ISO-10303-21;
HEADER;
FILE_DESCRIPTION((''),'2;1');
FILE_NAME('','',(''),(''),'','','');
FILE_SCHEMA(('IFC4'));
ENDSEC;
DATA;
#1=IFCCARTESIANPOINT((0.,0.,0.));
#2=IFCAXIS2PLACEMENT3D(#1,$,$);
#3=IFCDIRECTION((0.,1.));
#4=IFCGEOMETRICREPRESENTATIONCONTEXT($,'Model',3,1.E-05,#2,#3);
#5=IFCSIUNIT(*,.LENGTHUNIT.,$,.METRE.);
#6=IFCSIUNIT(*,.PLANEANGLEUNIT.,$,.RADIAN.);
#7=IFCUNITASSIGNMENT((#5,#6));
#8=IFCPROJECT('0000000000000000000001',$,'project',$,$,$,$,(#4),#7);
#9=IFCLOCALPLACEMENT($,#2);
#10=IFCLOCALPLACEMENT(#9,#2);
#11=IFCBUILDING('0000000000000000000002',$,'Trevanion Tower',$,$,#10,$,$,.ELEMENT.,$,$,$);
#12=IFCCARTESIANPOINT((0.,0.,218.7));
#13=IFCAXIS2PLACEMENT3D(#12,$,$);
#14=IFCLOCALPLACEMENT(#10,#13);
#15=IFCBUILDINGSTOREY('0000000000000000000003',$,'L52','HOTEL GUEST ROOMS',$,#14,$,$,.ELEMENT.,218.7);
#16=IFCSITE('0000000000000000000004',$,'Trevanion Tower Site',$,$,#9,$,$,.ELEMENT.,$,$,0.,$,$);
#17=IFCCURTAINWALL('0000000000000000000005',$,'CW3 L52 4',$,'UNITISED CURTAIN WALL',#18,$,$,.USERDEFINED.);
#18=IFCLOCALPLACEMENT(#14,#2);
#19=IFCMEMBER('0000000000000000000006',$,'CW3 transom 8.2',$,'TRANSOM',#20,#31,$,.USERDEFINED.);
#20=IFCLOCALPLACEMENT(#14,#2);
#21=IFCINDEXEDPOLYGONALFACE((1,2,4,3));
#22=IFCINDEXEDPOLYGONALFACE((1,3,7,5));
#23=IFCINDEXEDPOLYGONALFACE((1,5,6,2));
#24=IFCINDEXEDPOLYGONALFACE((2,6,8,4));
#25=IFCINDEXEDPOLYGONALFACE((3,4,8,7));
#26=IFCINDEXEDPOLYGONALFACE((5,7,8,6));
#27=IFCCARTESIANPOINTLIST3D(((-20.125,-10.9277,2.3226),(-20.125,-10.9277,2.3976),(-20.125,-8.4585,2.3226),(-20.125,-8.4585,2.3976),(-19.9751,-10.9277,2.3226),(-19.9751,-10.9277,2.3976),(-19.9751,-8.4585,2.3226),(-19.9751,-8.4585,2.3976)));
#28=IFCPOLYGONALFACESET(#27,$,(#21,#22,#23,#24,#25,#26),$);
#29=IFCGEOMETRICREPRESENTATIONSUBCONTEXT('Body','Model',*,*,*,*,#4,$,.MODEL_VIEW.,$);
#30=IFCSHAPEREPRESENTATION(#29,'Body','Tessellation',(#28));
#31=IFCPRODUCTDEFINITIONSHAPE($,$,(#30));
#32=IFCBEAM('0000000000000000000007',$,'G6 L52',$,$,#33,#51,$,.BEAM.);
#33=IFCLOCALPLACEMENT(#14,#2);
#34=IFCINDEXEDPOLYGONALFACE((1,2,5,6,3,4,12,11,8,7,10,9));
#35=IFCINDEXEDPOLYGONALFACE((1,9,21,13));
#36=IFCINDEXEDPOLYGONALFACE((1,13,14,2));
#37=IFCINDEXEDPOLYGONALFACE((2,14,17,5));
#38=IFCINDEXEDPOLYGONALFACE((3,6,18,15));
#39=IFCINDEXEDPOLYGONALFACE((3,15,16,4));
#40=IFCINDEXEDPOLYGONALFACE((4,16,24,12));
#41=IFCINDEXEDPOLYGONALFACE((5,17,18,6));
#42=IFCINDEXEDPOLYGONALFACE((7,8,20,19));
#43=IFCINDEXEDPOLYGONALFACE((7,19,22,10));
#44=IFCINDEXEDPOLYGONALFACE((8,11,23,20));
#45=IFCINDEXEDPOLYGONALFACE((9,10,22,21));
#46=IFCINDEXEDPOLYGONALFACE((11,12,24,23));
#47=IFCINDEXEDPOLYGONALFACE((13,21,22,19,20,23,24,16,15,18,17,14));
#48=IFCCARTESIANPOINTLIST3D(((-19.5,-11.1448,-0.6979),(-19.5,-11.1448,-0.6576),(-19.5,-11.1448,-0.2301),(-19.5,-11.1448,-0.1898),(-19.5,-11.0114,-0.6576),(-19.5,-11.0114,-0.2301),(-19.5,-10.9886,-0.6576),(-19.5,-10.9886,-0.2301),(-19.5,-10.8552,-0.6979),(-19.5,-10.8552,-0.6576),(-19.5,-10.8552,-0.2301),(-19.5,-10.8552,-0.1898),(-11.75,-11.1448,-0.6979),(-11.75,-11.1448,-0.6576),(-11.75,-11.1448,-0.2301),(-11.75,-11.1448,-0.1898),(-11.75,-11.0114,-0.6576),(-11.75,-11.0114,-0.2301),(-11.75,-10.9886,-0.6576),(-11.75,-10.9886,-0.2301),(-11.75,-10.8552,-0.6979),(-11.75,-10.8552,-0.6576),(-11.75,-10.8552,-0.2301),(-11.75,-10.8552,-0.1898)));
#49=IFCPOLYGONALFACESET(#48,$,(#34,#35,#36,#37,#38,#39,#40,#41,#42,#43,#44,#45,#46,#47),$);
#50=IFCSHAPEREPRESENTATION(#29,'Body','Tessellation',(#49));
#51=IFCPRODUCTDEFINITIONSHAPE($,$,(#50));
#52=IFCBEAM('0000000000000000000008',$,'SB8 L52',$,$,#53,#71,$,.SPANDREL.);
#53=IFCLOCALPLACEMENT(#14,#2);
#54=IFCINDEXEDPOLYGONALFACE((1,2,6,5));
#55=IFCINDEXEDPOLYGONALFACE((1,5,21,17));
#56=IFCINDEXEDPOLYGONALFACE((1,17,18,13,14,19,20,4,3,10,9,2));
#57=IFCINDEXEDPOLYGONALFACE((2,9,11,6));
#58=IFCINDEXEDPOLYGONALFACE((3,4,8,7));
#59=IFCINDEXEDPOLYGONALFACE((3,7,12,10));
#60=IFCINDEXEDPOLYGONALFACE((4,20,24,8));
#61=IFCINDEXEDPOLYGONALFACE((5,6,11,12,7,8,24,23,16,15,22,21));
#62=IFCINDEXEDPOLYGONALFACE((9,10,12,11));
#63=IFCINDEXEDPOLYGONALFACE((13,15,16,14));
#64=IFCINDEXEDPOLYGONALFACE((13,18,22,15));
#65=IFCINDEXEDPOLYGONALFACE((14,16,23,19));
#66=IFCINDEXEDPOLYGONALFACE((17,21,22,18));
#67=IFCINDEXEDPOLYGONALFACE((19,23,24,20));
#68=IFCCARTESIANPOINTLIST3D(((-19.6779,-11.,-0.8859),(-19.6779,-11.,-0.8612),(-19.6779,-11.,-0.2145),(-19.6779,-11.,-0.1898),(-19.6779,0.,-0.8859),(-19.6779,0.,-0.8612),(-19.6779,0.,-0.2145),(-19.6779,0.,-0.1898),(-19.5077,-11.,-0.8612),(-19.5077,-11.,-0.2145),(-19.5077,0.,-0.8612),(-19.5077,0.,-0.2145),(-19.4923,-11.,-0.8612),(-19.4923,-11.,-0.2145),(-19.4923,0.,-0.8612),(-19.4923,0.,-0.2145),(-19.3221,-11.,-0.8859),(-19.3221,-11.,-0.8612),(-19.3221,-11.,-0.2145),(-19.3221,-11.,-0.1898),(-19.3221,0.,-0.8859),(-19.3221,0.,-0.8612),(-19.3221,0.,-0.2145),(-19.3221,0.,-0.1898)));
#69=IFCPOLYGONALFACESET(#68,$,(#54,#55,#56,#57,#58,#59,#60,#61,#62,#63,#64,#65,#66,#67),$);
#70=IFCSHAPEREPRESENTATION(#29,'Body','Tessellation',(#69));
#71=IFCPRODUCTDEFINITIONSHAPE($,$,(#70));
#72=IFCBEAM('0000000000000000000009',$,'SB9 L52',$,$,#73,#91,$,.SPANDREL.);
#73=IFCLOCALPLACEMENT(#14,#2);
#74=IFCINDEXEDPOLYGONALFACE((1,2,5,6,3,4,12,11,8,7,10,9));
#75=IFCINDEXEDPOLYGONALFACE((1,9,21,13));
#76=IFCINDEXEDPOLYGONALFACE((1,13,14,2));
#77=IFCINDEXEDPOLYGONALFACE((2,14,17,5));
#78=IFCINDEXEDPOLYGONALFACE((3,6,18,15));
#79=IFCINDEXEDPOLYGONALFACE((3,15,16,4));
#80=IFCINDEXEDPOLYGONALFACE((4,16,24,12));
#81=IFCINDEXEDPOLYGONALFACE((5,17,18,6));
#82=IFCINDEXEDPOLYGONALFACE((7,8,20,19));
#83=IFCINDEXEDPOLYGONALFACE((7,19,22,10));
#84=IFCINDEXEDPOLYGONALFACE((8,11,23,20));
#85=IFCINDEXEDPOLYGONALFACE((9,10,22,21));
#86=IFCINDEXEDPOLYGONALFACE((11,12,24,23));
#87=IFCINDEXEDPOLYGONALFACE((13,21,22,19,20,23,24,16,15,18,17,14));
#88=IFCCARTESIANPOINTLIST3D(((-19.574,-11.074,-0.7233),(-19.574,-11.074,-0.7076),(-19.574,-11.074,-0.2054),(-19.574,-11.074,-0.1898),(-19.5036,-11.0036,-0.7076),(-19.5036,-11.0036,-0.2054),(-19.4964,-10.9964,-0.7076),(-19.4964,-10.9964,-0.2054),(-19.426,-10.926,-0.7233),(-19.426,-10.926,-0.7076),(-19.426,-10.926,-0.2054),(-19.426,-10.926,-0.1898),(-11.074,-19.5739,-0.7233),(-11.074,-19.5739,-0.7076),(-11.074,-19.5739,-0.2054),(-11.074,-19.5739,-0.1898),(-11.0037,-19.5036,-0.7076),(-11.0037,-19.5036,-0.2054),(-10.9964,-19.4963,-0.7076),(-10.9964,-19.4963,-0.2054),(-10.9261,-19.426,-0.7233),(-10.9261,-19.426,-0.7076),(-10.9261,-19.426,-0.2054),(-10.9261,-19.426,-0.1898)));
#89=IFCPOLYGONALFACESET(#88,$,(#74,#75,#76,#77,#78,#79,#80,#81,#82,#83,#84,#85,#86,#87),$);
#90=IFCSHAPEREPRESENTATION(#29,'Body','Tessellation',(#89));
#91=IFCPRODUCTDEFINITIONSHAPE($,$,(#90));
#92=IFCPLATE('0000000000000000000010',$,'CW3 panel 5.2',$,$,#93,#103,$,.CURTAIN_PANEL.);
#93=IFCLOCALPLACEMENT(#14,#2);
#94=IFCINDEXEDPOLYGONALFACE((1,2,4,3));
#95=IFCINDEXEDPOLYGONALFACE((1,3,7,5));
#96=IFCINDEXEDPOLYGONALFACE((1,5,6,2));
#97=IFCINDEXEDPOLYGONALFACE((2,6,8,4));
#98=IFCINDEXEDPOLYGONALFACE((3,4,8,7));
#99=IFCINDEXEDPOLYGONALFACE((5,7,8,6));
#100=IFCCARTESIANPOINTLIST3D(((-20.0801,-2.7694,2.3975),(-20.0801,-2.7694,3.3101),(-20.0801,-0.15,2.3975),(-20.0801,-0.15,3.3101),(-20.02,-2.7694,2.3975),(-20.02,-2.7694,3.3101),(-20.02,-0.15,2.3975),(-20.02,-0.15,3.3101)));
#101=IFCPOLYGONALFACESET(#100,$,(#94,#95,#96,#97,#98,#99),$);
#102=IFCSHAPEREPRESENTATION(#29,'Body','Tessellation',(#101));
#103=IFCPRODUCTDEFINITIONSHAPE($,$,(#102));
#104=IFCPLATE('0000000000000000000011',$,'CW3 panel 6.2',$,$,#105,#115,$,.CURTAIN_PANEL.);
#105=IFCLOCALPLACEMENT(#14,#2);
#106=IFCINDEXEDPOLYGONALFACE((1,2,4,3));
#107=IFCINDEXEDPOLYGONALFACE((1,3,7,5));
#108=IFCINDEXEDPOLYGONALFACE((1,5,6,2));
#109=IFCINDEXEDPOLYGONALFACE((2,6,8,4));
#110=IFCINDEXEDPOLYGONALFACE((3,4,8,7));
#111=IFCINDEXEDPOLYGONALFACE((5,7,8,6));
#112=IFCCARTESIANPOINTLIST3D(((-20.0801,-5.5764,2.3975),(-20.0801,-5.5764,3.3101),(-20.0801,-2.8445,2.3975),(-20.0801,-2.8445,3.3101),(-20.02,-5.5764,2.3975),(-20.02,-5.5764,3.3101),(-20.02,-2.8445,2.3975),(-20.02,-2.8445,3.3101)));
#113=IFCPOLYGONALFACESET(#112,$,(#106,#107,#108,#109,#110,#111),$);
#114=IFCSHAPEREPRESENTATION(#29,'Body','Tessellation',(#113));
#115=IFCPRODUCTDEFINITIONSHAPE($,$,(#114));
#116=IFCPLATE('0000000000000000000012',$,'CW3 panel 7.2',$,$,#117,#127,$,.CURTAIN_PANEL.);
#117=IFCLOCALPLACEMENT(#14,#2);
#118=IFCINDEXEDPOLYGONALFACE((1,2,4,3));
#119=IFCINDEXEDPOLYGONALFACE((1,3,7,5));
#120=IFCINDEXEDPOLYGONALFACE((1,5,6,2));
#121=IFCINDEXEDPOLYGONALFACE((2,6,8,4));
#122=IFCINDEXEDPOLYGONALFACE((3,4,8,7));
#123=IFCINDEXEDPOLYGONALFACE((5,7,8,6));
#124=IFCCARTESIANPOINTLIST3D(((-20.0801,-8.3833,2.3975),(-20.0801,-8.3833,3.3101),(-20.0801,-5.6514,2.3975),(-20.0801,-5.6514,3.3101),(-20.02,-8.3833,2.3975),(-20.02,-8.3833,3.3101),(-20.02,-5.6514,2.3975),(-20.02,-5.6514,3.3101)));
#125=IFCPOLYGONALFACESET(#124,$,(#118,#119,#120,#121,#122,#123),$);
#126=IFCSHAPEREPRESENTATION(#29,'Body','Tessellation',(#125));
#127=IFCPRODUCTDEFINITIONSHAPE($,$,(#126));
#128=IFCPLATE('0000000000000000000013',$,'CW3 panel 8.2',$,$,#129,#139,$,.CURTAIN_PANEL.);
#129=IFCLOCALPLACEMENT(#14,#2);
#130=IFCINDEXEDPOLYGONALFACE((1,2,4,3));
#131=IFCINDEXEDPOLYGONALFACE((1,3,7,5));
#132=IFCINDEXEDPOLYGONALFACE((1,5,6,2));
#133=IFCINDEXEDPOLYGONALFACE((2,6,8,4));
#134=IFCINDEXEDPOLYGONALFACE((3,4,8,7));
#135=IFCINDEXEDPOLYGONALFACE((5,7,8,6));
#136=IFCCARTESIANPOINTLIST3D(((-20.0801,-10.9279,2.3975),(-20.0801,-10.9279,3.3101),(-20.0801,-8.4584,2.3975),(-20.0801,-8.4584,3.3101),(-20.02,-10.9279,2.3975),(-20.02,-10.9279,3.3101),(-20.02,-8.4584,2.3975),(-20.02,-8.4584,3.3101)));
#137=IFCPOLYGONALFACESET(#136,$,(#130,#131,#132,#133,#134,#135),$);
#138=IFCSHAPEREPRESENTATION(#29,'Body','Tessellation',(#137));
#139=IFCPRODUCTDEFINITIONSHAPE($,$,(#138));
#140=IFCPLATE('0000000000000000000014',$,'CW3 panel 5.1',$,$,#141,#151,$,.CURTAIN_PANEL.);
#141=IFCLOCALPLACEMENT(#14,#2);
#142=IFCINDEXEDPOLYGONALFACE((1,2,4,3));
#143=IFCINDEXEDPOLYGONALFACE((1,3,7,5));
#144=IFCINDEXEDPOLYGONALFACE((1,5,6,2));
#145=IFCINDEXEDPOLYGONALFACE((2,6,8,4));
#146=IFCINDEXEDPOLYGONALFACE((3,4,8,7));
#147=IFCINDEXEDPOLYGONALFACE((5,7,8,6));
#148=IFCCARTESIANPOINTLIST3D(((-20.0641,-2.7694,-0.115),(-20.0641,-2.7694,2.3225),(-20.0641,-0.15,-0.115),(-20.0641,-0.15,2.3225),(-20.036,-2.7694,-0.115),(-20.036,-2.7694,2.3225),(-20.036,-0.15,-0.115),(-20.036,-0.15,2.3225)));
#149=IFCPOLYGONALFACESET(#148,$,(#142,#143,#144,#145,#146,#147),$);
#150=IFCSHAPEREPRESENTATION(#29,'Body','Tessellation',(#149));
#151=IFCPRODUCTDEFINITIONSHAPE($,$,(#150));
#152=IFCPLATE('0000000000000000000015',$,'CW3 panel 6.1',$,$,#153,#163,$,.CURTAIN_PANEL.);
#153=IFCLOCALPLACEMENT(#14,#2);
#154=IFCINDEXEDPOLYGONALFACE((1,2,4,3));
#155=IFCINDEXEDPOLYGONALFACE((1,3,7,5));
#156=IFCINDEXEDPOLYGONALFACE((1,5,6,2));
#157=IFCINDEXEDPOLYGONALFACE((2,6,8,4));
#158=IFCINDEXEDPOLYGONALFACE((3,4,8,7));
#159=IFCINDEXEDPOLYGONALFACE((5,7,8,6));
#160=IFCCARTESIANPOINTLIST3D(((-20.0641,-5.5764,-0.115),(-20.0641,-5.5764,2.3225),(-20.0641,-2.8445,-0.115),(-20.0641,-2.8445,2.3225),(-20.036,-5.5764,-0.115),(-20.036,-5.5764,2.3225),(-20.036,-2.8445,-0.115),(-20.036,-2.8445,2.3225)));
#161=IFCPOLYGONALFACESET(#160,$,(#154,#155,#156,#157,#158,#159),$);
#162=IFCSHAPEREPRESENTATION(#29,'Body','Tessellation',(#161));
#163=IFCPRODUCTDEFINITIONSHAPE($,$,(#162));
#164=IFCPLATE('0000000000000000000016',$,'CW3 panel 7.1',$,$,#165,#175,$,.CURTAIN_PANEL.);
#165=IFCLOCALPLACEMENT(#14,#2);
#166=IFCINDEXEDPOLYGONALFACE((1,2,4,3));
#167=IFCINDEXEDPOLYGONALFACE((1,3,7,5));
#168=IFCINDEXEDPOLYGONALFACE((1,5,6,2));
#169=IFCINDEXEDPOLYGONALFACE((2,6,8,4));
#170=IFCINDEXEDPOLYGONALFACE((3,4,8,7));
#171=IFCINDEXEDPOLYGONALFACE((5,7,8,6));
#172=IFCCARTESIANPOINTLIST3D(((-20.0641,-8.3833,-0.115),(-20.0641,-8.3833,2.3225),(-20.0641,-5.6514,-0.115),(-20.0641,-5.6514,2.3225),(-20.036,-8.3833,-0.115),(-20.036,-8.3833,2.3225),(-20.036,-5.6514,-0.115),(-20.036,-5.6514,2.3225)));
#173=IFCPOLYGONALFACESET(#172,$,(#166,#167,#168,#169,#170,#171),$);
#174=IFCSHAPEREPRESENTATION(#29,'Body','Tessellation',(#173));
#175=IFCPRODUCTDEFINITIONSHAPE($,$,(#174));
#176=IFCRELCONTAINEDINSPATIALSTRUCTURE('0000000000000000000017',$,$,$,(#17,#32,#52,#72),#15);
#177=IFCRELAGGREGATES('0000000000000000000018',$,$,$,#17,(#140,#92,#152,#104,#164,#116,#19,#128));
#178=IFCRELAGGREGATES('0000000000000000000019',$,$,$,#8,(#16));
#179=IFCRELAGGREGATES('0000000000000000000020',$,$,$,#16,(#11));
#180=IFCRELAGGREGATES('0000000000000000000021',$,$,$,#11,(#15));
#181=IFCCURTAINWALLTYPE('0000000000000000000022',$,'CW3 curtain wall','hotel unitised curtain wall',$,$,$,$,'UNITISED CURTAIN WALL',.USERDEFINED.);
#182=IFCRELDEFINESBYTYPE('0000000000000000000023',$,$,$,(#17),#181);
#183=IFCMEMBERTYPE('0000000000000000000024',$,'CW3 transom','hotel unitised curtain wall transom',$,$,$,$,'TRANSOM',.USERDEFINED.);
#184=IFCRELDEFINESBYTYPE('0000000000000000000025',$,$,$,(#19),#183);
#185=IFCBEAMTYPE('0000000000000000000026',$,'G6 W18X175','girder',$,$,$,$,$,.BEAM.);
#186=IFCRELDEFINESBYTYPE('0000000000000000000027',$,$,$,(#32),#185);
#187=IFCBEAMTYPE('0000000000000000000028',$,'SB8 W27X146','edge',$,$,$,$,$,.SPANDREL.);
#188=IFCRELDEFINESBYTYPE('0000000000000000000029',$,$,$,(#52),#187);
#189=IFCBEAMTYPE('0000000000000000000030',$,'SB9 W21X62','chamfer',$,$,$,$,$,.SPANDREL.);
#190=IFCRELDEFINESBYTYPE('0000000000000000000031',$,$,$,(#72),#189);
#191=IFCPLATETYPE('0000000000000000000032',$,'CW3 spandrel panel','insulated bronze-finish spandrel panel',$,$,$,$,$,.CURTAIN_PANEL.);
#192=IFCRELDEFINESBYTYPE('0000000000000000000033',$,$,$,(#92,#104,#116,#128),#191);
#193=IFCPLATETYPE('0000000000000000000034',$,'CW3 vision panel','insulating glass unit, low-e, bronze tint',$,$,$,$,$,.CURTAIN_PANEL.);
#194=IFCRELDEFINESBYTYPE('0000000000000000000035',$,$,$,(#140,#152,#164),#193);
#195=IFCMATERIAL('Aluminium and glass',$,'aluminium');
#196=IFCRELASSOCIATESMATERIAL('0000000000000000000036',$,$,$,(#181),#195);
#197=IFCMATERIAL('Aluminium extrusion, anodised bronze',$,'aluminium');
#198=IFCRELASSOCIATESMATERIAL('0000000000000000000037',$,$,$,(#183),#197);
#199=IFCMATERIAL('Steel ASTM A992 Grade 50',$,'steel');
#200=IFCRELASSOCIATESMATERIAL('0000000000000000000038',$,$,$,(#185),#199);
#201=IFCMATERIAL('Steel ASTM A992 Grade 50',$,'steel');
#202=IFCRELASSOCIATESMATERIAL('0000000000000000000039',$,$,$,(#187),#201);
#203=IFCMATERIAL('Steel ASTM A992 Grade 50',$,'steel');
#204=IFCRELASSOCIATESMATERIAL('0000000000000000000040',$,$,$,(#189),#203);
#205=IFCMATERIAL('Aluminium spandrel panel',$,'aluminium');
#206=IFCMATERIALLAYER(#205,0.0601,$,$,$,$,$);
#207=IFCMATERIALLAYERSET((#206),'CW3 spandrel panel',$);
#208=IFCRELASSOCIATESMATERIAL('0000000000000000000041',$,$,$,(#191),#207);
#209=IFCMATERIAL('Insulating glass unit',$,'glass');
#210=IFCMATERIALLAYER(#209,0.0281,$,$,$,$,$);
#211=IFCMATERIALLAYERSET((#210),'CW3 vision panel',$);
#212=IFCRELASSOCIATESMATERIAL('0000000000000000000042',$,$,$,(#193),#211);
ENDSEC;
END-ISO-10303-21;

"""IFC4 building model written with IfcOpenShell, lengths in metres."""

from ifc_helpers import new_model, si_unit, direction, frame, origin, origin_2d, place, context, subcontext, project, spatial, rectangle, i_section, extrude, material, layer, layer_set, material_profile, profile_set, type_object, element, aggregate, save


model = new_model("IFC4")

# Units and contexts
model_context = context("Model", 3, precision=1e-05, world=origin(), true_north=direction((0.0, 1.0)))
body_context = subcontext(model_context, "Body", "Model", "MODEL_VIEW")
ifc_project = project(units=[si_unit("LENGTHUNIT", "METRE"), si_unit("PLANEANGLEUNIT", "RADIAN")], contexts=[model_context])

# Site, building, storey
site_placement = place(None, origin())
site = spatial("IfcSite", under=ifc_project, at=site_placement, Name="Trevanion Tower Site", CompositionType="ELEMENT", RefElevation=0.0)
building_placement = place(site_placement, origin())
building = spatial("IfcBuilding", under=site, at=building_placement, Name="Trevanion Tower", CompositionType="ELEMENT")
storey_placement = place(building_placement, frame((0.0, 0.0, 218.7)))
storey = spatial("IfcBuildingStorey", under=building, at=storey_placement, Name="L52", Description="HOTEL GUEST ROOMS", CompositionType="ELEMENT", Elevation=218.7)

# Curtain wall, member
ifc_material_1 = material(Name="Aluminium and glass", Category="aluminium")
curtain_wall_type = type_object("IfcCurtainWallType", Name="CW3 curtain wall", Description="hotel unitised curtain wall", ElementType="UNITISED CURTAIN WALL", PredefinedType="USERDEFINED", material=ifc_material_1)
curtain_wall_placement = place(storey_placement, origin())
curtain_wall = element("IfcCurtainWall", 1, at=curtain_wall_placement, inside=storey, type_object=curtain_wall_type, Name="CW3 L52 4", ObjectType="UNITISED CURTAIN WALL", PredefinedType="USERDEFINED")
ifc_material_2 = material(Name="Aluminium extrusion, anodised bronze", Category="aluminium")
ifc_material_profile_1 = material_profile(ifc_material_2, rectangle(XDim=0.1499, YDim=0.075, at=origin_2d()), Name="CW3 transom")
ifc_profile_set_1 = profile_set([ifc_material_profile_1], Name="Aluminium extrusion, anodised bronze")
member_type_1 = type_object("IfcMemberType", Name="CW3 transom", Description="hotel unitised curtain wall transom", ElementType="TRANSOM", PredefinedType="USERDEFINED", material=ifc_profile_set_1)
member_1_placement = place(storey_placement, frame((-20.05, -8.4585, 2.3601), z_axis=(0.0, -1.0, 0.0), x_axis=(1.0, 0.0, 0.0)))
member_1 = element("IfcMember", 2, at=member_1_placement, type_object=member_type_1, Name="CW3 transom 8.2", ObjectType="TRANSOM", PredefinedType="USERDEFINED", context=body_context, shape_type="SweptSolid", body=[
    extrude(rectangle(XDim=0.1499, YDim=0.075, at=origin_2d()), origin(), (0.0, 0.0, 1.0), 2.4692),
])

# Beams
ifc_material_3 = material(Name="Steel ASTM A992 Grade 50", Category="steel")
ifc_material_profile_2 = material_profile(ifc_material_3, i_section(OverallWidth=0.2896, OverallDepth=0.5081, WebThickness=0.0227, FlangeThickness=0.0403, at=origin_2d()), Name="W18X175")
ifc_profile_set_2 = profile_set([ifc_material_profile_2], Name="Steel ASTM A992 Grade 50")
beam_type_1 = type_object("IfcBeamType", Name="G6 W18X175", Description="girder", PredefinedType="BEAM", material=ifc_profile_set_2)
beam_1_placement = place(storey_placement, frame((-11.75, -11.0, -0.4438), z_axis=(-1.0, 0.0, 0.0), x_axis=(0.0, -1.0, 0.0)))
element("IfcBeam", 3, at=beam_1_placement, inside=storey, type_object=beam_type_1, Name="G6 L52", PredefinedType="BEAM", context=body_context, shape_type="SweptSolid", body=[
    extrude(i_section(OverallWidth=0.2896, OverallDepth=0.5081, WebThickness=0.0227, FlangeThickness=0.0403, at=origin_2d()), origin(), (0.0, 0.0, 1.0), 7.75),
])
ifc_material_4 = material(Name="Steel ASTM A992 Grade 50", Category="steel")
ifc_material_profile_3 = material_profile(ifc_material_4, i_section(OverallWidth=0.3557, OverallDepth=0.696, WebThickness=0.0154, FlangeThickness=0.0247, at=origin_2d()), Name="W27X146")
ifc_profile_set_3 = profile_set([ifc_material_profile_3], Name="Steel ASTM A992 Grade 50")
beam_type_2 = type_object("IfcBeamType", Name="SB8 W27X146", Description="edge", PredefinedType="SPANDREL", material=ifc_profile_set_3)
beam_2_placement = place(storey_placement, frame((-19.5, 0.0, -0.5378), z_axis=(0.0, -1.0, 0.0), x_axis=(1.0, 0.0, 0.0)))
element("IfcBeam", 4, at=beam_2_placement, inside=storey, type_object=beam_type_2, Name="SB8 L52", PredefinedType="SPANDREL", context=body_context, shape_type="SweptSolid", body=[
    extrude(i_section(OverallWidth=0.3557, OverallDepth=0.696, WebThickness=0.0154, FlangeThickness=0.0247, at=origin_2d()), origin(), (0.0, 0.0, 1.0), 11.0),
])
ifc_material_5 = material(Name="Steel ASTM A992 Grade 50", Category="steel")
ifc_material_profile_4 = material_profile(ifc_material_5, i_section(OverallWidth=0.2092, OverallDepth=0.5334, WebThickness=0.0103, FlangeThickness=0.0156, at=origin_2d()), Name="W21X62")
ifc_profile_set_4 = profile_set([ifc_material_profile_4], Name="Steel ASTM A992 Grade 50")
beam_type_3 = type_object("IfcBeamType", Name="SB9 W21X62", Description="chamfer", PredefinedType="SPANDREL", material=ifc_profile_set_4)
beam_3_placement = place(storey_placement, frame((-19.5, -11.0, -0.4565), z_axis=(0.707107, -0.707107, 0.0), x_axis=(0.707107, 0.707107, 0.0)))
element("IfcBeam", 5, at=beam_3_placement, inside=storey, type_object=beam_type_3, Name="SB9 L52", PredefinedType="SPANDREL", context=body_context, shape_type="SweptSolid", body=[
    extrude(i_section(OverallWidth=0.2092, OverallDepth=0.5334, WebThickness=0.0103, FlangeThickness=0.0156, at=origin_2d()), origin(), (0.0, 0.0, 1.0), 12.0208),
])

# Plates
ifc_material_6 = material(Name="Aluminium spandrel panel", Category="aluminium")
ifc_layer_1 = layer(ifc_material_6, 0.0601)
ifc_layer_set_1 = layer_set([ifc_layer_1], Name="CW3 spandrel panel")
plate_type_1 = type_object("IfcPlateType", Name="CW3 spandrel panel", Description="insulated bronze-finish spandrel panel", PredefinedType="CURTAIN_PANEL", material=ifc_layer_set_1)
plate_1_placement = place(storey_placement, frame((-20.05, -1.4597, 2.3975), z_axis=(0.0, 0.0, 1.0), x_axis=(0.0, -1.0, 0.0)))
plate_1 = element("IfcPlate", 6, at=plate_1_placement, type_object=plate_type_1, Name="CW3 panel 5.2", PredefinedType="CURTAIN_PANEL", context=body_context, shape_type="SweptSolid", body=[
    extrude(rectangle(XDim=2.6194, YDim=0.0601, at=origin_2d()), origin(), (0.0, 0.0, 1.0), 0.9126),
])
plate_2_placement = place(storey_placement, frame((-20.05, -4.2104, 2.3975), z_axis=(0.0, 0.0, 1.0), x_axis=(0.0, -1.0, 0.0)))
plate_2 = element("IfcPlate", 7, at=plate_2_placement, type_object=plate_type_1, Name="CW3 panel 6.2", PredefinedType="CURTAIN_PANEL", context=body_context, shape_type="SweptSolid", body=[
    extrude(rectangle(XDim=2.7319, YDim=0.0601, at=origin_2d()), origin(), (0.0, 0.0, 1.0), 0.9126),
])
plate_3_placement = place(storey_placement, frame((-20.05, -7.0173, 2.3975), z_axis=(0.0, 0.0, 1.0), x_axis=(0.0, -1.0, 0.0)))
plate_3 = element("IfcPlate", 8, at=plate_3_placement, type_object=plate_type_1, Name="CW3 panel 7.2", PredefinedType="CURTAIN_PANEL", context=body_context, shape_type="SweptSolid", body=[
    extrude(rectangle(XDim=2.7319, YDim=0.0601, at=origin_2d()), origin(), (0.0, 0.0, 1.0), 0.9126),
])
plate_4_placement = place(storey_placement, frame((-20.05, -9.6931, 2.3975), z_axis=(0.0, 0.0, 1.0), x_axis=(0.0, -1.0, 0.0)))
plate_4 = element("IfcPlate", 9, at=plate_4_placement, type_object=plate_type_1, Name="CW3 panel 8.2", PredefinedType="CURTAIN_PANEL", context=body_context, shape_type="SweptSolid", body=[
    extrude(rectangle(XDim=2.4695, YDim=0.0601, at=origin_2d()), origin(), (0.0, 0.0, 1.0), 0.9126),
])
ifc_material_7 = material(Name="Insulating glass unit", Category="glass")
ifc_layer_2 = layer(ifc_material_7, 0.0281)
ifc_layer_set_2 = layer_set([ifc_layer_2], Name="CW3 vision panel")
plate_type_2 = type_object("IfcPlateType", Name="CW3 vision panel", Description="insulating glass unit, low-e, bronze tint", PredefinedType="CURTAIN_PANEL", material=ifc_layer_set_2)
plate_5_placement = place(storey_placement, frame((-20.05, -1.4597, -0.115), z_axis=(0.0, 0.0, 1.0), x_axis=(0.0, -1.0, 0.0)))
plate_5 = element("IfcPlate", 10, at=plate_5_placement, type_object=plate_type_2, Name="CW3 panel 5.1", PredefinedType="CURTAIN_PANEL", context=body_context, shape_type="SweptSolid", body=[
    extrude(rectangle(XDim=2.6194, YDim=0.0281, at=origin_2d()), origin(), (0.0, 0.0, 1.0), 2.4375),
])
plate_6_placement = place(storey_placement, frame((-20.05, -4.2104, -0.115), z_axis=(0.0, 0.0, 1.0), x_axis=(0.0, -1.0, 0.0)))
plate_6 = element("IfcPlate", 11, at=plate_6_placement, type_object=plate_type_2, Name="CW3 panel 6.1", PredefinedType="CURTAIN_PANEL", context=body_context, shape_type="SweptSolid", body=[
    extrude(rectangle(XDim=2.7319, YDim=0.0281, at=origin_2d()), origin(), (0.0, 0.0, 1.0), 2.4375),
])
plate_7_placement = place(storey_placement, frame((-20.05, -7.0173, -0.115), z_axis=(0.0, 0.0, 1.0), x_axis=(0.0, -1.0, 0.0)))
plate_7 = element("IfcPlate", 12, at=plate_7_placement, type_object=plate_type_2, Name="CW3 panel 7.1", PredefinedType="CURTAIN_PANEL", context=body_context, shape_type="SweptSolid", body=[
    extrude(rectangle(XDim=2.7319, YDim=0.0281, at=origin_2d()), origin(), (0.0, 0.0, 1.0), 2.4375),
])
aggregate(curtain_wall, [plate_5, plate_1, plate_6, plate_2, plate_7, plate_3, member_1, plate_4])

save(model, "model.ifc")
